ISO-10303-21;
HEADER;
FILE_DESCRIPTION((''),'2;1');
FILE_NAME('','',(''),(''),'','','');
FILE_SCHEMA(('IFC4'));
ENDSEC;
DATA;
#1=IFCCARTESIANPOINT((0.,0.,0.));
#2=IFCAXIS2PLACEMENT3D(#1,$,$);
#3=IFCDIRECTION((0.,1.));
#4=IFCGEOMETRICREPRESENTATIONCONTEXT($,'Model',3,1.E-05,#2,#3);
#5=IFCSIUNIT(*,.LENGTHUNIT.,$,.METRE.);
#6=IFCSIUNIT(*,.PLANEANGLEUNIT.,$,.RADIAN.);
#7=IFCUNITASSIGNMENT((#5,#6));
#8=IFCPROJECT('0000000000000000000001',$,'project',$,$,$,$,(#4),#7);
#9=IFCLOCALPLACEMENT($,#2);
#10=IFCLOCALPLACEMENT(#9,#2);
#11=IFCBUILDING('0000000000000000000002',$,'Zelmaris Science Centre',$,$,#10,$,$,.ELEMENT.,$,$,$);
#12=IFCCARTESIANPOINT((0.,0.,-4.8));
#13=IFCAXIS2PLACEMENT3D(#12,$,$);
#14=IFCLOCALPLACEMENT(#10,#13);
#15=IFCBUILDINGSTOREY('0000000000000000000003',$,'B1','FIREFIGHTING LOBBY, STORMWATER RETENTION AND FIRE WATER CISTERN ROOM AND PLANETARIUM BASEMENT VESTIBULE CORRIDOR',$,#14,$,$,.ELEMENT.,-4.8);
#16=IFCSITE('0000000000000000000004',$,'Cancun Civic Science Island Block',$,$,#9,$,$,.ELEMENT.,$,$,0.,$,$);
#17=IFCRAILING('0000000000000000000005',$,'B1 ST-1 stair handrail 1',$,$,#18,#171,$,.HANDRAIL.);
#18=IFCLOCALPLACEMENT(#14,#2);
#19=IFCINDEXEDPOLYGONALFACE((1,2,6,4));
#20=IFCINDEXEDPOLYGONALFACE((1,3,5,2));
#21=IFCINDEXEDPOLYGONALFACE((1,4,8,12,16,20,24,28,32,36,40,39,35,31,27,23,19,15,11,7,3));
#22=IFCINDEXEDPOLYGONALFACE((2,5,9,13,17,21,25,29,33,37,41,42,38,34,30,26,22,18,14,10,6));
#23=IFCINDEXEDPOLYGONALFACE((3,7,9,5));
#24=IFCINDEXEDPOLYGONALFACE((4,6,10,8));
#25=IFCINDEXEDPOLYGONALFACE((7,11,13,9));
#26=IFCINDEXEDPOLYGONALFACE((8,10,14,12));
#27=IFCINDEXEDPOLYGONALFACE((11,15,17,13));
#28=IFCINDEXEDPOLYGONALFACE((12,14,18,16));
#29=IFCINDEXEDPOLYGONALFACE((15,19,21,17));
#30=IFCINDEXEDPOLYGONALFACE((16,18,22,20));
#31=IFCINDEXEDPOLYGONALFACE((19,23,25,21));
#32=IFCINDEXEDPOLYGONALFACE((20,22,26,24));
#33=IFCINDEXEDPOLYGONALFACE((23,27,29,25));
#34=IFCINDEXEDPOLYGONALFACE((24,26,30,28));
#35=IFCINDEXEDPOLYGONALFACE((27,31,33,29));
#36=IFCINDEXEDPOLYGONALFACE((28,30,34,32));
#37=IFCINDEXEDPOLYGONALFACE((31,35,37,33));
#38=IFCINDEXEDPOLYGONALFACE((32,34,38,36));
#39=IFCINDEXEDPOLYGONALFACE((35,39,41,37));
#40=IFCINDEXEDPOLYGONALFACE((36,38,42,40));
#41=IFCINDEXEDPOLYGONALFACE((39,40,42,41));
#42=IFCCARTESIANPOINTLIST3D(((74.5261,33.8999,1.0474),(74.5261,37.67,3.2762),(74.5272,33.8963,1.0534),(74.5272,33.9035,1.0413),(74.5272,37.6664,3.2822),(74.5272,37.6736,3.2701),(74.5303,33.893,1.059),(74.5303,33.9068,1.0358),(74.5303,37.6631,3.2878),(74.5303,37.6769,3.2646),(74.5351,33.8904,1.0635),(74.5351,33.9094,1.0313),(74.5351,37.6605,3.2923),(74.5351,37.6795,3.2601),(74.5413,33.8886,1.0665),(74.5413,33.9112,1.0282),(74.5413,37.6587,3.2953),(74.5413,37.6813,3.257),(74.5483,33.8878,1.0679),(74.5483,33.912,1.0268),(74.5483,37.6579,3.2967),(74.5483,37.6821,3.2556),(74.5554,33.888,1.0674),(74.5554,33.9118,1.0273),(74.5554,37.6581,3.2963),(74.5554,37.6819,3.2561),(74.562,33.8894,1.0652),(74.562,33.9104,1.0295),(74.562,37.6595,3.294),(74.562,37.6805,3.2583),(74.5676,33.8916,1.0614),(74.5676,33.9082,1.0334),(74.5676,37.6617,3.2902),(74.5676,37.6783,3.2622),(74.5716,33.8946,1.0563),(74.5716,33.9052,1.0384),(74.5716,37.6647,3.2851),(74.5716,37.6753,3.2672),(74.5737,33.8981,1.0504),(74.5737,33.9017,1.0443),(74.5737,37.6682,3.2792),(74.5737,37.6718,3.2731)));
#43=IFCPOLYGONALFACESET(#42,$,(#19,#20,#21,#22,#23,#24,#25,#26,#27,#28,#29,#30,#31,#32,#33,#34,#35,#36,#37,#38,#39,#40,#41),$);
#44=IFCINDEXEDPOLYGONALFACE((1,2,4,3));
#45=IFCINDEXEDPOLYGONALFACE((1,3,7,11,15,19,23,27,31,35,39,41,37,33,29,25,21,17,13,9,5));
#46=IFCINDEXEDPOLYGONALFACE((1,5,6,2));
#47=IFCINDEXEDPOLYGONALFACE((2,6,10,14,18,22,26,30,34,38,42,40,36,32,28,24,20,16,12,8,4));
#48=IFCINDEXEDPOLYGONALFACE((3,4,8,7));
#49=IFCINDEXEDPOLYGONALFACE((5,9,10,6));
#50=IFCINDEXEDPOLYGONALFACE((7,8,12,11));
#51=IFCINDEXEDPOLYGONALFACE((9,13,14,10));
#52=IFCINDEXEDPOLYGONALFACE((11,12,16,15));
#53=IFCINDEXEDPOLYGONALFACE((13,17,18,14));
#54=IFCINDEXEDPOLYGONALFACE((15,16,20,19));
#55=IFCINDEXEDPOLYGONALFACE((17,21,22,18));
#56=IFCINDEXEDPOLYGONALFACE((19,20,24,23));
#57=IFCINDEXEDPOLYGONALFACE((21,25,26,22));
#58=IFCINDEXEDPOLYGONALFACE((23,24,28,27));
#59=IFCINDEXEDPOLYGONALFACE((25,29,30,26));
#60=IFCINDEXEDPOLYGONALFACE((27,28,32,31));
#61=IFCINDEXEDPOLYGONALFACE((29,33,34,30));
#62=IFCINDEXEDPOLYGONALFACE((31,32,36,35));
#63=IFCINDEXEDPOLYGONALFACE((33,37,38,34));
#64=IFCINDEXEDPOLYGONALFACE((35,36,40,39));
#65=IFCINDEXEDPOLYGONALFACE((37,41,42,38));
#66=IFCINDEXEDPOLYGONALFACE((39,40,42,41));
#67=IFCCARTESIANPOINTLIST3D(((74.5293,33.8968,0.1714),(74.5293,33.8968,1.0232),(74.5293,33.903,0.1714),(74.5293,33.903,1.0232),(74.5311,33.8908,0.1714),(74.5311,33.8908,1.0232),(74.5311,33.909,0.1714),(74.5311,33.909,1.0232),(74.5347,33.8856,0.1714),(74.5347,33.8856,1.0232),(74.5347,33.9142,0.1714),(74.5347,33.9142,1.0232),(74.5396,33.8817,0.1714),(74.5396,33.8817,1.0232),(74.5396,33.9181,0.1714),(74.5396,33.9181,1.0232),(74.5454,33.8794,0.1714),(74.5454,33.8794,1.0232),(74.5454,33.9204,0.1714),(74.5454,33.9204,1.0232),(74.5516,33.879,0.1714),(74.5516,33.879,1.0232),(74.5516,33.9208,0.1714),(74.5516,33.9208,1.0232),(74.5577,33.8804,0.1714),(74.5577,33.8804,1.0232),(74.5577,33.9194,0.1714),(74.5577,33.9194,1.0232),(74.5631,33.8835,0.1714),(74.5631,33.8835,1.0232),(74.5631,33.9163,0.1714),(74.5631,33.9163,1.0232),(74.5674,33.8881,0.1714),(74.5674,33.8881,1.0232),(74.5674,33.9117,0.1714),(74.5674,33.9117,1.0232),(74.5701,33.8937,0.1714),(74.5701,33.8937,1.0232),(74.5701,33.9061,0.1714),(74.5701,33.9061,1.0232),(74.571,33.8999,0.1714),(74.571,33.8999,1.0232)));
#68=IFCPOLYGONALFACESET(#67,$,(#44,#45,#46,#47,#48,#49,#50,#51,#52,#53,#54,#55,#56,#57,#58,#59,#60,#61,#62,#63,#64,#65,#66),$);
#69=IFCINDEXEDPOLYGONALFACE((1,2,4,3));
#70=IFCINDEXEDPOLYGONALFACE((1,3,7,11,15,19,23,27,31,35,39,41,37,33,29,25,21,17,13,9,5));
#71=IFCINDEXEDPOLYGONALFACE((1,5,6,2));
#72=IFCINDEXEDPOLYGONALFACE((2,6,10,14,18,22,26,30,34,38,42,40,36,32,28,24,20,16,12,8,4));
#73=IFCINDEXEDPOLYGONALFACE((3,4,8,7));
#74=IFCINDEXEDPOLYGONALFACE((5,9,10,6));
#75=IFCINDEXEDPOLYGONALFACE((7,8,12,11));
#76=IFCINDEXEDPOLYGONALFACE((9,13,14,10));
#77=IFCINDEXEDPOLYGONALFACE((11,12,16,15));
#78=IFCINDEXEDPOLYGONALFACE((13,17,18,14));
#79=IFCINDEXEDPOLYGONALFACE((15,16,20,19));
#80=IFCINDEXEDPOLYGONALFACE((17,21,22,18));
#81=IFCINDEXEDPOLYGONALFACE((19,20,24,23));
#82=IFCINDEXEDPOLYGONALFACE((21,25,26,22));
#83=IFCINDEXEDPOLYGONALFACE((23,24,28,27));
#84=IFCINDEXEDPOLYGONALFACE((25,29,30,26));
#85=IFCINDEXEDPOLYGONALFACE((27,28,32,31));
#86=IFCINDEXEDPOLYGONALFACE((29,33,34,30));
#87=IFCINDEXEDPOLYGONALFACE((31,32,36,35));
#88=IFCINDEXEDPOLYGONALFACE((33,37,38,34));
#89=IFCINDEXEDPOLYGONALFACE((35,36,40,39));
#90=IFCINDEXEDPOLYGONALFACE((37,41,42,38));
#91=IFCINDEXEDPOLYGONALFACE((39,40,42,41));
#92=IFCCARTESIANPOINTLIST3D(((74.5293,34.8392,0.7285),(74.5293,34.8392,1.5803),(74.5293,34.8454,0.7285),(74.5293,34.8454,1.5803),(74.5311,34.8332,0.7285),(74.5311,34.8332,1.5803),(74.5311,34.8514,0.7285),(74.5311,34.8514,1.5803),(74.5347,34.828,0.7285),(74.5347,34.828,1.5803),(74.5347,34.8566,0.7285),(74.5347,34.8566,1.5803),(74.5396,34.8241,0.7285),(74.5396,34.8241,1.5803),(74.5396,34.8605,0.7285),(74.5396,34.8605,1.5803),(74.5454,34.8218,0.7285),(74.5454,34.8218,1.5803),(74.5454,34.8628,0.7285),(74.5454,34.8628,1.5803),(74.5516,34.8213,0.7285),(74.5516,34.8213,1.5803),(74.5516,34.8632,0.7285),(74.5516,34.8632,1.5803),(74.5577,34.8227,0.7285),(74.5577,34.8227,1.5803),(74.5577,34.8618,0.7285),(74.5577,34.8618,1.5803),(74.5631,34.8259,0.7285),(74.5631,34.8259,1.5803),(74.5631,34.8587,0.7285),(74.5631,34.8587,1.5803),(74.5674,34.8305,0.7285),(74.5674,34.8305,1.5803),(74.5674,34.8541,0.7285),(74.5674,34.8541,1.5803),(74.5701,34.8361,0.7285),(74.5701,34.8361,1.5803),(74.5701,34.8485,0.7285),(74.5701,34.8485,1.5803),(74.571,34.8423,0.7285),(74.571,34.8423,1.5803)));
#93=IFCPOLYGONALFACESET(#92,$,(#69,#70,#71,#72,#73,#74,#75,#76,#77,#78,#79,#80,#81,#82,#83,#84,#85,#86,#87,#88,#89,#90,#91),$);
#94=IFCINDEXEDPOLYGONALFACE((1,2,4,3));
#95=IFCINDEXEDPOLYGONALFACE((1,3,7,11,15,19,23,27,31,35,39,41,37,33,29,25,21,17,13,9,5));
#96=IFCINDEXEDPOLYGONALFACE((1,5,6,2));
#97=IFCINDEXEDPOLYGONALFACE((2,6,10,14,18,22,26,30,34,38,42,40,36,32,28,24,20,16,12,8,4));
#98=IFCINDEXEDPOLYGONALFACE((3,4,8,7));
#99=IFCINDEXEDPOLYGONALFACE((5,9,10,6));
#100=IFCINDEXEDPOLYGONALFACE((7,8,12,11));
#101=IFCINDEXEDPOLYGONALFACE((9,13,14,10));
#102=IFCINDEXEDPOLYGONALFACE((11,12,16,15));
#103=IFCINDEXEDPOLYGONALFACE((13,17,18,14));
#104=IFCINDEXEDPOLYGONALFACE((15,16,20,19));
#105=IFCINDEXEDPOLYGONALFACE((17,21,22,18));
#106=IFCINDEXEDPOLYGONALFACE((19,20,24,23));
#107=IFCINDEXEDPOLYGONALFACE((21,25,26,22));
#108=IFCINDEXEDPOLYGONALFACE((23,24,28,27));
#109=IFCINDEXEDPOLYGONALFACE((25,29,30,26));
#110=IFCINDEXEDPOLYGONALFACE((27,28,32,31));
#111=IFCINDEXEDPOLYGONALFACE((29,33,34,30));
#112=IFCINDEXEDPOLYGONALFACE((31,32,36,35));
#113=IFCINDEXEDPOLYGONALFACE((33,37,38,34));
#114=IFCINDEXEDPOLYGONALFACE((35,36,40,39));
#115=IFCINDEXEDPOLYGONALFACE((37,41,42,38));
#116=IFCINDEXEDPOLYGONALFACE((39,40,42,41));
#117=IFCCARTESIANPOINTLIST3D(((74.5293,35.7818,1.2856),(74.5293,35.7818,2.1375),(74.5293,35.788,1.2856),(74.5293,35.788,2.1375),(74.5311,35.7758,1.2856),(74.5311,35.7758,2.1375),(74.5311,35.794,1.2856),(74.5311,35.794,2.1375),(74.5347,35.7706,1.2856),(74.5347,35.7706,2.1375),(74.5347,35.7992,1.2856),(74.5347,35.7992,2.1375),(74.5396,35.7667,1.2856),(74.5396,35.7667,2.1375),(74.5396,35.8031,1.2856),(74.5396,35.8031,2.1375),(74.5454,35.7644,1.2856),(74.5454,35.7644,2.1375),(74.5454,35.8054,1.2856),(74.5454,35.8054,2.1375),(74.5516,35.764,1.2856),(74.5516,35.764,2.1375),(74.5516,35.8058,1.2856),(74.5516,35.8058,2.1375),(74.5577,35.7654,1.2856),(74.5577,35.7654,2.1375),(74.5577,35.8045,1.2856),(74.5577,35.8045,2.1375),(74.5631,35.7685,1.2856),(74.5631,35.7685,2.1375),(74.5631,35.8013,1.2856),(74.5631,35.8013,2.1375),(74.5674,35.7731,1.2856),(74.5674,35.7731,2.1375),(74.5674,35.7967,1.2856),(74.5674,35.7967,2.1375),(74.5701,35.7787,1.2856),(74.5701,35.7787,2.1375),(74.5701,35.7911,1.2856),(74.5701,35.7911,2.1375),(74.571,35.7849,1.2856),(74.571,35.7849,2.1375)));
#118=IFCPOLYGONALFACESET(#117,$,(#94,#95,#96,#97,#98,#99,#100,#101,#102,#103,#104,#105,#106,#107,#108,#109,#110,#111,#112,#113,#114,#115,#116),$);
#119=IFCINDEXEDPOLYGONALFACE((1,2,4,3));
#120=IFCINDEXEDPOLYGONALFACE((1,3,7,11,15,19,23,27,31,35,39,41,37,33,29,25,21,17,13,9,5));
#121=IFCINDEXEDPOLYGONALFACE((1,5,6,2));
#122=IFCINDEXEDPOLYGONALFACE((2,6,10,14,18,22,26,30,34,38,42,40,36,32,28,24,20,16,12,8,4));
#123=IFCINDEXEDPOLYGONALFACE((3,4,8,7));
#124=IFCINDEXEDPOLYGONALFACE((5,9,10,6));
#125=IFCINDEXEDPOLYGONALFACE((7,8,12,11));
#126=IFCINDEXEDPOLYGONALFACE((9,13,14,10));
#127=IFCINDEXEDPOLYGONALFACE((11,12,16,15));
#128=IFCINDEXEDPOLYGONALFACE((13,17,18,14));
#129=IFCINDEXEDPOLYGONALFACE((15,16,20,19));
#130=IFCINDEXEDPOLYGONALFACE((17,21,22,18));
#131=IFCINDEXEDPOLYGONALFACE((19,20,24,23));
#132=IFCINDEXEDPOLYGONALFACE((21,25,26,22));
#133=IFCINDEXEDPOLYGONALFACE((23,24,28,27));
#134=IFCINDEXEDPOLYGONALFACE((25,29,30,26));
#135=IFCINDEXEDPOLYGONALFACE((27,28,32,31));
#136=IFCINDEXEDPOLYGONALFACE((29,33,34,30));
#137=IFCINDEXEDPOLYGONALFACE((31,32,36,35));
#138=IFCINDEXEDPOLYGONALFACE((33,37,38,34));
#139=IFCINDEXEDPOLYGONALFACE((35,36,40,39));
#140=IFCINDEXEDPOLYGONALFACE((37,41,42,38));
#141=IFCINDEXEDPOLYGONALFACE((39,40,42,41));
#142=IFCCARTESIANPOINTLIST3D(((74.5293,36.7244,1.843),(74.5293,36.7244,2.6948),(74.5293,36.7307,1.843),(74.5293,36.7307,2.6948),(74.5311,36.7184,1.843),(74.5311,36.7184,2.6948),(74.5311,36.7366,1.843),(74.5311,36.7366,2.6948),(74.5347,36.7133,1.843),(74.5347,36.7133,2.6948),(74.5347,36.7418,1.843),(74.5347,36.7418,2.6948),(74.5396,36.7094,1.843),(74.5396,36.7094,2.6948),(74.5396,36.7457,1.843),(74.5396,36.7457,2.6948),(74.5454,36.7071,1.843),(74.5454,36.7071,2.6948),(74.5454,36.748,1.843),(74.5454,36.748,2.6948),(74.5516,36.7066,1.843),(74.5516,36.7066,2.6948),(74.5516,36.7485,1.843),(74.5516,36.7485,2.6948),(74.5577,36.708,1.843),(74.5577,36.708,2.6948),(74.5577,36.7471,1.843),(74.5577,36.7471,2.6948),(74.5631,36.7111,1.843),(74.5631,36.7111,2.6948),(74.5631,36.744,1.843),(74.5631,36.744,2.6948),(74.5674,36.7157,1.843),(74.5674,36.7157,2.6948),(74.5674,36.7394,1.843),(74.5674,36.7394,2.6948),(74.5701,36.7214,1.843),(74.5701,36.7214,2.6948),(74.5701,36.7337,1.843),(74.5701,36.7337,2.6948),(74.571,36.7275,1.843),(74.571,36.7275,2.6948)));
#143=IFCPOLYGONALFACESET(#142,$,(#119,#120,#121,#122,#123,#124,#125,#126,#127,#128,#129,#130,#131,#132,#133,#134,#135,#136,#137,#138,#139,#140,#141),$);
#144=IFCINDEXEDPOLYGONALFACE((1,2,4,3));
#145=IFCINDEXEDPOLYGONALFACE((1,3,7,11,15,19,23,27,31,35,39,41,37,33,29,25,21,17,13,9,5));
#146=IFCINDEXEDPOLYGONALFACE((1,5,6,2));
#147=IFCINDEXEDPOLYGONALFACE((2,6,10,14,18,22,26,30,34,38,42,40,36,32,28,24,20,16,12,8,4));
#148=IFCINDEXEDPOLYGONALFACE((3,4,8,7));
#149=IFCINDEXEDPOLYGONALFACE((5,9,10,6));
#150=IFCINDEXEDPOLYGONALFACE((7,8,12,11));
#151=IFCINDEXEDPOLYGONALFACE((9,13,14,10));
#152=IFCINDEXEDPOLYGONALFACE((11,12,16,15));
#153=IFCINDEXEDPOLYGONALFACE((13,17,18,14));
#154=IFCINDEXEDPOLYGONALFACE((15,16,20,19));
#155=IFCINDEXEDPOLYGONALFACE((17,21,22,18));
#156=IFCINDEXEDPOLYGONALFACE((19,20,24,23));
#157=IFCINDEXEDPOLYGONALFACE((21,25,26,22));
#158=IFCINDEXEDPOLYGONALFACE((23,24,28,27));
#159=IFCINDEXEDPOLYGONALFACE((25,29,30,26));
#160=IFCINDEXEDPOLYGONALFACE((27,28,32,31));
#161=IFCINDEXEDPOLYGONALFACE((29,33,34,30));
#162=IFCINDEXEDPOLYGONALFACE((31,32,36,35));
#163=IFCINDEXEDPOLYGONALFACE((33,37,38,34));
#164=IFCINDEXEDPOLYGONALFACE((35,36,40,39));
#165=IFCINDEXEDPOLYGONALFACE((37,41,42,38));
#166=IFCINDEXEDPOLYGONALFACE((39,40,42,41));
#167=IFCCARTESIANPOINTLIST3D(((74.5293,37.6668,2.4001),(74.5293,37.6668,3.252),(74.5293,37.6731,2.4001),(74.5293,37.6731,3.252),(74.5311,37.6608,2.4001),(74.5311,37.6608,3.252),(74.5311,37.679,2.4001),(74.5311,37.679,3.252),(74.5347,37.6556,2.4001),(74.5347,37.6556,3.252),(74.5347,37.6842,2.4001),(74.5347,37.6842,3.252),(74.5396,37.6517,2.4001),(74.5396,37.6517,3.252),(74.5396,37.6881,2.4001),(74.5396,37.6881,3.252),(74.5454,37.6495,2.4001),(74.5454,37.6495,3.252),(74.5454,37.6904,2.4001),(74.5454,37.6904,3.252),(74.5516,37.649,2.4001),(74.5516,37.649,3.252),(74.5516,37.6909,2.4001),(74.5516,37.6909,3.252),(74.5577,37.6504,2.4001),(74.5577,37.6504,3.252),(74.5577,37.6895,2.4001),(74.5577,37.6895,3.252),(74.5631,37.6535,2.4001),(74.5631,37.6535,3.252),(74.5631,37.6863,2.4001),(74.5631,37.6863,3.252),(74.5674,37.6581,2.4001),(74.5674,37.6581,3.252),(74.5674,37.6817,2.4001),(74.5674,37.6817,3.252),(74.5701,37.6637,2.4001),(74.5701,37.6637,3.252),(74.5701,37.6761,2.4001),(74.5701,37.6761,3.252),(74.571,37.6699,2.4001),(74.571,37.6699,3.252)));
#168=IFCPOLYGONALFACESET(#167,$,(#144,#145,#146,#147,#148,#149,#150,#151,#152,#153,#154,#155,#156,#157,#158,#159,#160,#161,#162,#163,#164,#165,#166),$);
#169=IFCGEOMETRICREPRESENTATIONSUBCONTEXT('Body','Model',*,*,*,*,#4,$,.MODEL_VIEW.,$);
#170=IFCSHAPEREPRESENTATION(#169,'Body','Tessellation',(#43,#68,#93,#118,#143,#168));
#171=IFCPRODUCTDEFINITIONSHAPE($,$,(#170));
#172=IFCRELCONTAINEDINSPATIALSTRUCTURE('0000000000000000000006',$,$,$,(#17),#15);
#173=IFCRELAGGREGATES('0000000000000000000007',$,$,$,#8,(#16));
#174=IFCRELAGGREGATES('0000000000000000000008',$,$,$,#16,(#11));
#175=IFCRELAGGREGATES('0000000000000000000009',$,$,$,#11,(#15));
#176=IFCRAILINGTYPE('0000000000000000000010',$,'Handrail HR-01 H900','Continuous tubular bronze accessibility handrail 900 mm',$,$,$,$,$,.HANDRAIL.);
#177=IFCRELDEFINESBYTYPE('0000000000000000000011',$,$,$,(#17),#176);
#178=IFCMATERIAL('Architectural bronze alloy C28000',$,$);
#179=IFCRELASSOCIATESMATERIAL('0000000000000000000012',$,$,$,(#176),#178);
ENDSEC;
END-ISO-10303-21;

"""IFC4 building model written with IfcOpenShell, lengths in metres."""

from ifc_helpers import new_model, si_unit, direction, frame, origin, origin_2d, place, context, subcontext, project, spatial, circle, extrude, material, type_object, element, save


model = new_model("IFC4")

# Units and contexts
model_context = context("Model", 3, precision=1e-05, world=origin(), true_north=direction((0.0, 1.0)))
body_context = subcontext(model_context, "Body", "Model", "MODEL_VIEW")
ifc_project = project(units=[si_unit("LENGTHUNIT", "METRE"), si_unit("PLANEANGLEUNIT", "RADIAN")], contexts=[model_context])

# Site, building, storey
site_placement = place(None, origin())
site = spatial("IfcSite", under=ifc_project, at=site_placement, Name="Cancun Civic Science Island Block", CompositionType="ELEMENT", RefElevation=0.0)
building_placement = place(site_placement, origin())
building = spatial("IfcBuilding", under=site, at=building_placement, Name="Zelmaris Science Centre", CompositionType="ELEMENT")
storey_placement = place(building_placement, frame((0.0, 0.0, -4.8)))
storey = spatial("IfcBuildingStorey", under=building, at=storey_placement, Name="B1", Description="FIREFIGHTING LOBBY, STORMWATER RETENTION AND FIRE WATER CISTERN ROOM AND PLANETARIUM BASEMENT VESTIBULE CORRIDOR", CompositionType="ELEMENT", Elevation=-4.8)

# Railing
ifc_material_1 = material(Name="Architectural bronze alloy C28000")
railing_type_1 = type_object("IfcRailingType", Name="Handrail HR-01 H900", Description="Continuous tubular bronze accessibility handrail 900 mm", PredefinedType="HANDRAIL", material=ifc_material_1)
railing_1_placement = place(storey_placement, frame((74.55, 33.8999, 0.1714)))
element("IfcRailing", 1, at=railing_1_placement, inside=storey, type_object=railing_type_1, Name="B1 ST-1 stair handrail 1", PredefinedType="HANDRAIL", context=body_context, shape_type="SweptSolid", body=[
    extrude(circle(Radius=0.0239, at=origin_2d()), frame((0.0, 0.0, 0.876), z_axis=(0.0, 0.860824, 0.508902), x_axis=(-1.0, 0.0, 0.0)), (0.0, 0.0, 1.0), 4.3796),
    extrude(circle(Radius=0.021, at=origin_2d()), origin(), (0.0, 0.0, 1.0), 0.8518),
    extrude(circle(Radius=0.021, at=origin_2d()), frame((0.0, 0.9424, 0.5571)), (0.0, 0.0, 1.0), 0.8518),
    extrude(circle(Radius=0.021, at=origin_2d()), frame((0.0, 1.885, 1.1143)), (0.0, 0.0, 1.0), 0.8518),
    extrude(circle(Radius=0.021, at=origin_2d()), frame((0.0, 2.8276, 1.6716)), (0.0, 0.0, 1.0), 0.8518),
    extrude(circle(Radius=0.021, at=origin_2d()), frame((0.0, 3.77, 2.2288)), (0.0, 0.0, 1.0), 0.8518),
])

save(model, "model.ifc")
